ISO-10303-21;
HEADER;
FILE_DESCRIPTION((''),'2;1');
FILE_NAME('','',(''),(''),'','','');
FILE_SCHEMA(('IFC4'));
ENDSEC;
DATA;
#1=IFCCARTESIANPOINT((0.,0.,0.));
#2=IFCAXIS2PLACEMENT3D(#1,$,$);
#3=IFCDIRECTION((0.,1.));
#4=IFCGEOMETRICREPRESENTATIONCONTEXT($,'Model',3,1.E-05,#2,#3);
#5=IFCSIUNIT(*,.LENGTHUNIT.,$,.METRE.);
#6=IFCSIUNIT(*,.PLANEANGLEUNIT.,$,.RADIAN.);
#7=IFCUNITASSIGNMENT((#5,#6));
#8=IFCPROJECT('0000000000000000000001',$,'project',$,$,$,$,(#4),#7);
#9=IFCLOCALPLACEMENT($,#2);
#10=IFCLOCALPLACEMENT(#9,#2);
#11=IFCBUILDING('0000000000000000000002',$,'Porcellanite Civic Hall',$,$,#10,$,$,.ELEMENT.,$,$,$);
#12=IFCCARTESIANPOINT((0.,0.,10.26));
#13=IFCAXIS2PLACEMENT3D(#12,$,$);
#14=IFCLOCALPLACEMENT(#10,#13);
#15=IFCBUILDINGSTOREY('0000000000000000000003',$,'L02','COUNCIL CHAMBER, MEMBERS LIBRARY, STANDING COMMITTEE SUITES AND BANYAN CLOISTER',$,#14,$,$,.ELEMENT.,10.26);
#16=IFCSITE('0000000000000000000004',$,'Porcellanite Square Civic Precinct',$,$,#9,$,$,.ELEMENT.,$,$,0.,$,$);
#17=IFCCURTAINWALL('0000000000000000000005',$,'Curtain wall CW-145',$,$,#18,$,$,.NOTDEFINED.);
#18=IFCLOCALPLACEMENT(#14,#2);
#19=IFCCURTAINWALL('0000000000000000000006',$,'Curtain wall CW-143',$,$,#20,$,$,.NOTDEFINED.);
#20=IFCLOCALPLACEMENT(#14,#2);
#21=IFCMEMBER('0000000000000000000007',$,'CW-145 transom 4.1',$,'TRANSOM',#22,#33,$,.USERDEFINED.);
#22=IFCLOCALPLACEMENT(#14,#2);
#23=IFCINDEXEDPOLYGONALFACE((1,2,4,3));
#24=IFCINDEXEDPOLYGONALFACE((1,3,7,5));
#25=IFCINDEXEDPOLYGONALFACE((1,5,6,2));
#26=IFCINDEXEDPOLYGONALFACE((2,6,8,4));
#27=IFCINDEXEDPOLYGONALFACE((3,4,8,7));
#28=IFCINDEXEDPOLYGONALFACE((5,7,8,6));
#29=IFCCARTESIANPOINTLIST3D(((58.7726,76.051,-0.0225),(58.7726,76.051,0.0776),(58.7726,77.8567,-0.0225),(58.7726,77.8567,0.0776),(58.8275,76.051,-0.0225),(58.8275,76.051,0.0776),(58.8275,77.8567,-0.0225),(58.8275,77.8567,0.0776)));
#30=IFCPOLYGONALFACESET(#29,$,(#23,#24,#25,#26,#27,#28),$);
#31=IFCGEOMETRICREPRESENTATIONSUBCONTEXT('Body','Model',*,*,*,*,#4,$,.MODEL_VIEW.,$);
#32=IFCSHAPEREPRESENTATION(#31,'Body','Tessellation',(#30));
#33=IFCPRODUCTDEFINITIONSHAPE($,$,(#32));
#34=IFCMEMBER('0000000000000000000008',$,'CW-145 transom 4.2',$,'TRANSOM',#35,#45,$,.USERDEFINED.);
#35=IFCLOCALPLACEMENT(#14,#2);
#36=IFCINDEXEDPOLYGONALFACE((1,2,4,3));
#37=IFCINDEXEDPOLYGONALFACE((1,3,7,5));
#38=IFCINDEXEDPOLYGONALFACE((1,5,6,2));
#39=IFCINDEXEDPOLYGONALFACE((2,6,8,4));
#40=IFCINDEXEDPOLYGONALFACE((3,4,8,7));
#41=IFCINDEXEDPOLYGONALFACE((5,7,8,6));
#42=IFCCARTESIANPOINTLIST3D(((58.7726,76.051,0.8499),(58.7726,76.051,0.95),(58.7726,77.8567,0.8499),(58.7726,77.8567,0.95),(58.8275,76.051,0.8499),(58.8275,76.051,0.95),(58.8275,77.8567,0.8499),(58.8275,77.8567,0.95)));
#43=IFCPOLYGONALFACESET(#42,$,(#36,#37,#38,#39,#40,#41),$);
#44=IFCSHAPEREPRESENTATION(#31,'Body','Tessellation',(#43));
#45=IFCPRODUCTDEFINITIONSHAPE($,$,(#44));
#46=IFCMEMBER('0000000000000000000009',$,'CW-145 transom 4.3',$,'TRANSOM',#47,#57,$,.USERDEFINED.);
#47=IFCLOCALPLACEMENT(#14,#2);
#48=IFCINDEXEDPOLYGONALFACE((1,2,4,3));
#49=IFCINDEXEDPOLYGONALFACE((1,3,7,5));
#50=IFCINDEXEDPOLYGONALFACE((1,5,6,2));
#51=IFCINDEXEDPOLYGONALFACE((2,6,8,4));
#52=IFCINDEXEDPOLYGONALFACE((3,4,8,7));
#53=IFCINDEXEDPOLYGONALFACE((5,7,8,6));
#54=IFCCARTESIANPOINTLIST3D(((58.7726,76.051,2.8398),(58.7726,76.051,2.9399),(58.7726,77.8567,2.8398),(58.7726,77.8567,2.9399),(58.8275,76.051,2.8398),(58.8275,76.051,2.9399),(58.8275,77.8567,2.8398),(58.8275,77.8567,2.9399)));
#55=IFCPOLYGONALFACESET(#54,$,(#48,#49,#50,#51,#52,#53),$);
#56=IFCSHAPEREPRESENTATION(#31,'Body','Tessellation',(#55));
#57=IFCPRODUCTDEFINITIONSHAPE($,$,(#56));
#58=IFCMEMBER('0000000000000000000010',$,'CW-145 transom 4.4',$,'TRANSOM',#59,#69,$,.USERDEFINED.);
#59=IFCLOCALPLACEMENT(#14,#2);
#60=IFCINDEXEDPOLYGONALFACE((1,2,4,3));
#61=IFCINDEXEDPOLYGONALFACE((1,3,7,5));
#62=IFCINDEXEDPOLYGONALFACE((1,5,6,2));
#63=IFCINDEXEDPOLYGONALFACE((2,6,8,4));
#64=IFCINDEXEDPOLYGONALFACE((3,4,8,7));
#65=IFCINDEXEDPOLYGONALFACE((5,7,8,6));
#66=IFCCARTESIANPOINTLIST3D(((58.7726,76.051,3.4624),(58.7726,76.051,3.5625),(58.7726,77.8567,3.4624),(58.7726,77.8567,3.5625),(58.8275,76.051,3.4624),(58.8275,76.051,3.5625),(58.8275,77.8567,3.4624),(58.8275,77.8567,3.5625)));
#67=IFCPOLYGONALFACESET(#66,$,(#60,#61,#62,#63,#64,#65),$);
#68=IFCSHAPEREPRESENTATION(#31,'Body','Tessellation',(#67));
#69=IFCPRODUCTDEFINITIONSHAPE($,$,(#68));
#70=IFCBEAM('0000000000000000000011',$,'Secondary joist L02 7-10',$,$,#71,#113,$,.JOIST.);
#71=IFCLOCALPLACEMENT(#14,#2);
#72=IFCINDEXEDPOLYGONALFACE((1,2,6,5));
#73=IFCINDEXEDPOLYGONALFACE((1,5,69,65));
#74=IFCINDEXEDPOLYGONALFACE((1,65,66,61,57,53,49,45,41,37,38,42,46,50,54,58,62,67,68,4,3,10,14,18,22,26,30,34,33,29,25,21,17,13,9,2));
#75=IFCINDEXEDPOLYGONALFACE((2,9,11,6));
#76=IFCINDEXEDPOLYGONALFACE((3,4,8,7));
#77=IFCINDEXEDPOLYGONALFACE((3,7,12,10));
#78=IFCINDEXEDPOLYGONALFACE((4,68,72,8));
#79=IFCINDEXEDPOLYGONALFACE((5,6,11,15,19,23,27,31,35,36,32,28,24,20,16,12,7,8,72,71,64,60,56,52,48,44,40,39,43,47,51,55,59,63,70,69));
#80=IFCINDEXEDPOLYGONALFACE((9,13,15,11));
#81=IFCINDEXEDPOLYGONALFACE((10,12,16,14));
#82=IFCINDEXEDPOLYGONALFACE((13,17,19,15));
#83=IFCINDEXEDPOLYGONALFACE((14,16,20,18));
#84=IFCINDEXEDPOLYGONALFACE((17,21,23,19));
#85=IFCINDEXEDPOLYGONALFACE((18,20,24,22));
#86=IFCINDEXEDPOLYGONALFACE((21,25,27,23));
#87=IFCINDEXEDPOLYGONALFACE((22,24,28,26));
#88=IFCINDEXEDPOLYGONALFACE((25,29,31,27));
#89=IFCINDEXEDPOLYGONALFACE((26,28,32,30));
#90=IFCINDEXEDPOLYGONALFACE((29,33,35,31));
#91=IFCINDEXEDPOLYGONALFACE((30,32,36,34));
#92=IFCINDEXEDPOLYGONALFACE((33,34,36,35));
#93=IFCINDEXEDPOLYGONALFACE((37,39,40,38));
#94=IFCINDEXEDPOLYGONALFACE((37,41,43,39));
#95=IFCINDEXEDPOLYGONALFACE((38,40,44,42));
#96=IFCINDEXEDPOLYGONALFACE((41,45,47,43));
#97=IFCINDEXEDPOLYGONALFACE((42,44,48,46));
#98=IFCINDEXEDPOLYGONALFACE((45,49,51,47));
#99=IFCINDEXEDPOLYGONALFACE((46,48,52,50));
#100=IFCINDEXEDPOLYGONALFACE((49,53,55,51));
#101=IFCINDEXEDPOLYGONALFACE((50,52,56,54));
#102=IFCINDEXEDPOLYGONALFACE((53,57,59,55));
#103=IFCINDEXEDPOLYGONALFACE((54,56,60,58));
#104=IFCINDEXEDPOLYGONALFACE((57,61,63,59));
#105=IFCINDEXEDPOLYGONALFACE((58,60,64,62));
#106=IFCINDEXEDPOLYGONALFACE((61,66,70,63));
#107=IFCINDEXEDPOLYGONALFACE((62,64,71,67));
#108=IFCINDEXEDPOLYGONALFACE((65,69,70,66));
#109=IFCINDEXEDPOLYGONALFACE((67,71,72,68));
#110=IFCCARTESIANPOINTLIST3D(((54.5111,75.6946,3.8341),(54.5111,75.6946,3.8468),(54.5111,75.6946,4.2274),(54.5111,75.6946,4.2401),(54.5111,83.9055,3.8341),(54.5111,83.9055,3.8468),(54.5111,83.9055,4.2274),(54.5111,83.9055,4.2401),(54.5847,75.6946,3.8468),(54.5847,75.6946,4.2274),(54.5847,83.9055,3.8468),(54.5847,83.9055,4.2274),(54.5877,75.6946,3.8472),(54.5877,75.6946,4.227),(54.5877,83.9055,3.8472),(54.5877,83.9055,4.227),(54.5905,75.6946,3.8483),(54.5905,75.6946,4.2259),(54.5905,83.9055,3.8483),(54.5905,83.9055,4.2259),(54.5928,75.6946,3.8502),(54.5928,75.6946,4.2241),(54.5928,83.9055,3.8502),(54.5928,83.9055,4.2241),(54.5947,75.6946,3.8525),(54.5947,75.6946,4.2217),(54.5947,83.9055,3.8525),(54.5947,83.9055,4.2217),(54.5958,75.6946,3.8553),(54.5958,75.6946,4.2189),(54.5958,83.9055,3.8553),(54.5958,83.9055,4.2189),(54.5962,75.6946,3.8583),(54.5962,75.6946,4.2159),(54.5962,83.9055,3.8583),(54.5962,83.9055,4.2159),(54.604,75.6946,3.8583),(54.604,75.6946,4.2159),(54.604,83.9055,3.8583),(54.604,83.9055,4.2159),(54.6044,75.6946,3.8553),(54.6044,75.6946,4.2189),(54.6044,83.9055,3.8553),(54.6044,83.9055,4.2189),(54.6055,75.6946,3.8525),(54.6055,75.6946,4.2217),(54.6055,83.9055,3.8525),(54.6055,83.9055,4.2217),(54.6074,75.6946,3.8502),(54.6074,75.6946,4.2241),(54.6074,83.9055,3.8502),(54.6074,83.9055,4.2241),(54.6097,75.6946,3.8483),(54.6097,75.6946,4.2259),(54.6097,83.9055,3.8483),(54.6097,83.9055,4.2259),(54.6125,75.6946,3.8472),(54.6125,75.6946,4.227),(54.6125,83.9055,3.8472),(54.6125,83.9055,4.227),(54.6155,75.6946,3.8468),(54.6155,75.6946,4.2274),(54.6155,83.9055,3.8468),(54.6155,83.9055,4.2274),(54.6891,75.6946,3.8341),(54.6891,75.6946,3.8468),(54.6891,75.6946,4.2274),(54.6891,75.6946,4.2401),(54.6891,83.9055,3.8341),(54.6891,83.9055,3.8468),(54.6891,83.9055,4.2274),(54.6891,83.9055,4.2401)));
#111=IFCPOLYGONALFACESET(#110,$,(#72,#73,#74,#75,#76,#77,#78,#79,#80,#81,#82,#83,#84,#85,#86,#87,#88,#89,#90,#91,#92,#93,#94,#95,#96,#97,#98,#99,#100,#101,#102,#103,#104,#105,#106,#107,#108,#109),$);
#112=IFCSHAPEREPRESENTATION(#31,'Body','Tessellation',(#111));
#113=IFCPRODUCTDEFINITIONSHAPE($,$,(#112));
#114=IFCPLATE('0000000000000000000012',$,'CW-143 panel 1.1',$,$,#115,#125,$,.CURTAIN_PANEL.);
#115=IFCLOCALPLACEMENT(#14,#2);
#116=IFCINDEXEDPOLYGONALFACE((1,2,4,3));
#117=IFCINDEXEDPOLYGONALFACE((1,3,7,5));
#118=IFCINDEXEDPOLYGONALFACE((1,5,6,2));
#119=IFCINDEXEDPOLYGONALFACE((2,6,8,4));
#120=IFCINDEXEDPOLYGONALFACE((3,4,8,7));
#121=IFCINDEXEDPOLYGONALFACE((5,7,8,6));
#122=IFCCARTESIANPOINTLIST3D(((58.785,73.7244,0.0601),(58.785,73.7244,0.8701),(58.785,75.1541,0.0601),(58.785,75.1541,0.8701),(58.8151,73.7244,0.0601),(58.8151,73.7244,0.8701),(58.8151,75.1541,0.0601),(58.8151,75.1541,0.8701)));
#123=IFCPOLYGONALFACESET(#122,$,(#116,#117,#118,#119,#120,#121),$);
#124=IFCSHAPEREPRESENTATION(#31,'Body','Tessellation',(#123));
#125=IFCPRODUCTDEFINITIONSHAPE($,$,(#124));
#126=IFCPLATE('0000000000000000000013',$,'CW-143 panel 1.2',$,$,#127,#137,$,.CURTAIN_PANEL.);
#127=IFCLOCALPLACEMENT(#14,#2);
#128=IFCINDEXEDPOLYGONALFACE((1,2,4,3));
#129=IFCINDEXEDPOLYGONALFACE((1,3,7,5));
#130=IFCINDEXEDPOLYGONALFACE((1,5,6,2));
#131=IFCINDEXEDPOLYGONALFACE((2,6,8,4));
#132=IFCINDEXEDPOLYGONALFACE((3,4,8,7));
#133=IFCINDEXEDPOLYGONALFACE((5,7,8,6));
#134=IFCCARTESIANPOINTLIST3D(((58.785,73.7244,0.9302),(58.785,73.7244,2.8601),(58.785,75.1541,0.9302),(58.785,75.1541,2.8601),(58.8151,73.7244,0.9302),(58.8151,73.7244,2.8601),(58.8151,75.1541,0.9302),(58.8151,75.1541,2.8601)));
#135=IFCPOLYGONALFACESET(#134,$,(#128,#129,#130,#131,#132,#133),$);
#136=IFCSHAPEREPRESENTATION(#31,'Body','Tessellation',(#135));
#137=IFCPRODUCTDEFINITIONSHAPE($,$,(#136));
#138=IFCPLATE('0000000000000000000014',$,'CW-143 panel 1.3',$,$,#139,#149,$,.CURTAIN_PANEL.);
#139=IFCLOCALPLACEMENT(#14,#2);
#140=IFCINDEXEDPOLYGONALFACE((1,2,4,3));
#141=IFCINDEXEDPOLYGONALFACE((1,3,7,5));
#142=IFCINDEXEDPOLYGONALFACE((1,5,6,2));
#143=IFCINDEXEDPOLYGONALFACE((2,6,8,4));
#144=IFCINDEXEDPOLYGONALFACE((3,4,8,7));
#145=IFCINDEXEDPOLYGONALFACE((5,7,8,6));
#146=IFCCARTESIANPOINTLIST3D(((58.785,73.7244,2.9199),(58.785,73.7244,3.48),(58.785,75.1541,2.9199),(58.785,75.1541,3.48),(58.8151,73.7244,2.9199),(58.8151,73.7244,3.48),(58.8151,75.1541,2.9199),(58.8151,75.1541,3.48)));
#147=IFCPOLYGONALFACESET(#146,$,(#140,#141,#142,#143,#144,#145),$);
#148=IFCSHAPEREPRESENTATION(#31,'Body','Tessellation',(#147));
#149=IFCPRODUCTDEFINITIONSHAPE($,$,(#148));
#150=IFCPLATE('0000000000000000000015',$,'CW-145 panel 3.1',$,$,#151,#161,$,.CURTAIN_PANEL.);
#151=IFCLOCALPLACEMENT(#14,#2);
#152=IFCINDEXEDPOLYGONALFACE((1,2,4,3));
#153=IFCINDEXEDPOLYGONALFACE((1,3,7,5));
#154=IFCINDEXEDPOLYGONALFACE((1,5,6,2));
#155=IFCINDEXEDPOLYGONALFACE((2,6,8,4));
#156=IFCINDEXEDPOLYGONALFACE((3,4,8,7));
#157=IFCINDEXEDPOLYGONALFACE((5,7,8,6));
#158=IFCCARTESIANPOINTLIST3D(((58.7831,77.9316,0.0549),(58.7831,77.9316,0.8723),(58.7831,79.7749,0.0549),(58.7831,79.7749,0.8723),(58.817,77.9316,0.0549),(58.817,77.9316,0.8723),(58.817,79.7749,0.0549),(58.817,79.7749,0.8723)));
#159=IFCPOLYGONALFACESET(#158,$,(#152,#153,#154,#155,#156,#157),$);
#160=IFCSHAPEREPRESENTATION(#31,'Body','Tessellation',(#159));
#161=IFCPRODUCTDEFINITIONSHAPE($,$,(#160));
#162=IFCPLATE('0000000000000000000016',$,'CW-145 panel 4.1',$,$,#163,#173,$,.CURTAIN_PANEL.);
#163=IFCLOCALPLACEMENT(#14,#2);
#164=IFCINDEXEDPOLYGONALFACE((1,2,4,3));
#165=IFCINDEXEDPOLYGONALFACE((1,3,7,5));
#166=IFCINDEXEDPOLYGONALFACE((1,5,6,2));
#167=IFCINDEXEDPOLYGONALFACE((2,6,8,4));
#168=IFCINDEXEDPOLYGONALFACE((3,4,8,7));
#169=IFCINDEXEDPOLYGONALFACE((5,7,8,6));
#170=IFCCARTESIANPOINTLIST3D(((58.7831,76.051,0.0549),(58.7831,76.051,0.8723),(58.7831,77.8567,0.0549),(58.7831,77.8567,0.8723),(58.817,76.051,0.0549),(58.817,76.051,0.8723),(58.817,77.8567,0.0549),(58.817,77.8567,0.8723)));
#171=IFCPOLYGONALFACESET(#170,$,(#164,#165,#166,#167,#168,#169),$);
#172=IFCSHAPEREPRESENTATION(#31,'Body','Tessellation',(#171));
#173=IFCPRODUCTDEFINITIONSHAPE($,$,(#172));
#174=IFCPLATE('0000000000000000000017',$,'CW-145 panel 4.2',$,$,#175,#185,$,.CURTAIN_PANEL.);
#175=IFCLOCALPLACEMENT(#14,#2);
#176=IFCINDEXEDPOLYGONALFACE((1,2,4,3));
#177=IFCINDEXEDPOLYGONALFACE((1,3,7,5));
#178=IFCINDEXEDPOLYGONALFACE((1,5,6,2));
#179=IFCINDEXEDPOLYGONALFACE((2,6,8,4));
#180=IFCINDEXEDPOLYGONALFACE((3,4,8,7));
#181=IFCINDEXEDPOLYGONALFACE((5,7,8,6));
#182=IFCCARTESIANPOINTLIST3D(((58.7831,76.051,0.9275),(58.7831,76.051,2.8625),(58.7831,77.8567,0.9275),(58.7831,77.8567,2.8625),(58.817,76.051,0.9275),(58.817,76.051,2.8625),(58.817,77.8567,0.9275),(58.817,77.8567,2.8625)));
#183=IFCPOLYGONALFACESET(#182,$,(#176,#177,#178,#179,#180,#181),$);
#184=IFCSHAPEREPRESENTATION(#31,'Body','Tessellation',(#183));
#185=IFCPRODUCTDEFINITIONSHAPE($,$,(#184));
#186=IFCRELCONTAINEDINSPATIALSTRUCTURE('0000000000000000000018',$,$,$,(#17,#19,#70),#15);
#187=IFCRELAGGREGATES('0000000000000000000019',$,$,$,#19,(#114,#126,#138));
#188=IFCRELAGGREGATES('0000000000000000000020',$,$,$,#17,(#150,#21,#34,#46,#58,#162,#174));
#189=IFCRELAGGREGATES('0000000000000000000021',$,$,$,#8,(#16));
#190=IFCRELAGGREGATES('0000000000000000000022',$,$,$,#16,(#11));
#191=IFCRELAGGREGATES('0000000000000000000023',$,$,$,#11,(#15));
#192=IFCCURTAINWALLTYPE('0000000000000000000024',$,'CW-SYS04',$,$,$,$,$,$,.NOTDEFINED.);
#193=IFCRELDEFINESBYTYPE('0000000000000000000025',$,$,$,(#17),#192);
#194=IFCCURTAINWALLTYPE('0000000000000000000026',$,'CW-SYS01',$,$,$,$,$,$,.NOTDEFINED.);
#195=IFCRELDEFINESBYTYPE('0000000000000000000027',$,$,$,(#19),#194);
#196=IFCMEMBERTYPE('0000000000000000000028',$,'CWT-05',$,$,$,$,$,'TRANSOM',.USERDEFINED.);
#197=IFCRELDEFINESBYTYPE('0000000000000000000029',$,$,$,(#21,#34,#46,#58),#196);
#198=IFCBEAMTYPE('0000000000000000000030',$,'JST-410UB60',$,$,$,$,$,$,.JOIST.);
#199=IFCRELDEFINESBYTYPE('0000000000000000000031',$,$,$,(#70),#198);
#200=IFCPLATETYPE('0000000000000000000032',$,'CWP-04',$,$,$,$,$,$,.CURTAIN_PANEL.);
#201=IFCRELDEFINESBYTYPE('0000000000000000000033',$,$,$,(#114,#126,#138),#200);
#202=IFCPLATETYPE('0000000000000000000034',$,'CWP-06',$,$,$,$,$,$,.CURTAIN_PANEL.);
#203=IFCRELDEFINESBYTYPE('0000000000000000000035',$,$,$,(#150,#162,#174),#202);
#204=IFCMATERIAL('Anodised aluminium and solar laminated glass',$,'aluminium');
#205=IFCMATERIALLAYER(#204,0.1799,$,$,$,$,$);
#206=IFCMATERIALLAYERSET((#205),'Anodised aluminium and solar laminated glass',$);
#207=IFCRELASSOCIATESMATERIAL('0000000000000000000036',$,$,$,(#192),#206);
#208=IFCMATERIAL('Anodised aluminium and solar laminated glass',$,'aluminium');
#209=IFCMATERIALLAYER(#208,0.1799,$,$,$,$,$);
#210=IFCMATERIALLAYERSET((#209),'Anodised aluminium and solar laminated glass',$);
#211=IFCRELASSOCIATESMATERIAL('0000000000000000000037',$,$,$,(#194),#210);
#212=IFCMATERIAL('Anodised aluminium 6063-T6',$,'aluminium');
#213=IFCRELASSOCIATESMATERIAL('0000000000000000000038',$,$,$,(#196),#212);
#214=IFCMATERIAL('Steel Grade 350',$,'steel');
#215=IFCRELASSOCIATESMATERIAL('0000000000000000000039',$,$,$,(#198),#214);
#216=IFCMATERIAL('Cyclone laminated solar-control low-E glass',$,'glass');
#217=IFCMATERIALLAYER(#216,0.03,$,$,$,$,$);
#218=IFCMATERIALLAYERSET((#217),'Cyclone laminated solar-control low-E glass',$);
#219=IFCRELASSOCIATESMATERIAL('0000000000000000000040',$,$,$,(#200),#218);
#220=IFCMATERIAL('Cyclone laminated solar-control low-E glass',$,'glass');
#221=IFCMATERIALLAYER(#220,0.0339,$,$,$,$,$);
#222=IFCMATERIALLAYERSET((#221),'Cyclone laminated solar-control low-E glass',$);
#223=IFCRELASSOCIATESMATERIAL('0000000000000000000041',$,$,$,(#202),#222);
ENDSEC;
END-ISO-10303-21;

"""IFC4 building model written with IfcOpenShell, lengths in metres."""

from ifc_helpers import new_model, si_unit, direction, frame, origin, origin_2d, place, context, subcontext, project, spatial, rectangle, i_section, extrude, material, layer, layer_set, material_profile, profile_set, type_object, element, aggregate, save


model = new_model("IFC4")

# Units and contexts
model_context = context("Model", 3, precision=1e-05, world=origin(), true_north=direction((0.0, 1.0)))
body_context = subcontext(model_context, "Body", "Model", "MODEL_VIEW")
ifc_project = project(units=[si_unit("LENGTHUNIT", "METRE"), si_unit("PLANEANGLEUNIT", "RADIAN")], contexts=[model_context])

# Site, building, storey
site_placement = place(None, origin())
site = spatial("IfcSite", under=ifc_project, at=site_placement, Name="Porcellanite Square Civic Precinct", CompositionType="ELEMENT", RefElevation=0.0)
building_placement = place(site_placement, origin())
building = spatial("IfcBuilding", under=site, at=building_placement, Name="Porcellanite Civic Hall", CompositionType="ELEMENT")
storey_placement = place(building_placement, frame((0.0, 0.0, 10.26)))
storey = spatial("IfcBuildingStorey", under=building, at=storey_placement, Name="L02", Description="COUNCIL CHAMBER, MEMBERS LIBRARY, STANDING COMMITTEE SUITES AND BANYAN CLOISTER", CompositionType="ELEMENT", Elevation=10.26)

# Curtain walls
ifc_material_1 = material(Name="Anodised aluminium and solar laminated glass", Category="aluminium")
ifc_layer_1 = layer(ifc_material_1, 0.1799)
ifc_layer_set_1 = layer_set([ifc_layer_1], Name="Anodised aluminium and solar laminated glass")
curtain_wall_type_1 = type_object("IfcCurtainWallType", Name="CW-SYS04", PredefinedType="NOTDEFINED", material=ifc_layer_set_1)
curtain_wall_1_placement = place(storey_placement, origin())
curtain_wall_1 = element("IfcCurtainWall", 1, at=curtain_wall_1_placement, inside=storey, type_object=curtain_wall_type_1, Name="Curtain wall CW-145", PredefinedType="NOTDEFINED")
ifc_material_2 = material(Name="Anodised aluminium and solar laminated glass", Category="aluminium")
ifc_layer_2 = layer(ifc_material_2, 0.1799)
ifc_layer_set_2 = layer_set([ifc_layer_2], Name="Anodised aluminium and solar laminated glass")
curtain_wall_type_2 = type_object("IfcCurtainWallType", Name="CW-SYS01", PredefinedType="NOTDEFINED", material=ifc_layer_set_2)
curtain_wall_2_placement = place(storey_placement, origin())
curtain_wall_2 = element("IfcCurtainWall", 2, at=curtain_wall_2_placement, inside=storey, type_object=curtain_wall_type_2, Name="Curtain wall CW-143", PredefinedType="NOTDEFINED")

# Members
ifc_material_3 = material(Name="Anodised aluminium 6063-T6", Category="aluminium")
ifc_material_profile_1 = material_profile(ifc_material_3, rectangle(XDim=0.0549, YDim=0.1001, at=origin_2d()), Name="AL-55x100")
ifc_profile_set_1 = profile_set([ifc_material_profile_1], Name="Anodised aluminium 6063-T6")
member_type_1 = type_object("IfcMemberType", Name="CWT-05", ElementType="TRANSOM", PredefinedType="USERDEFINED", material=ifc_profile_set_1)
member_1_placement = place(storey_placement, frame((58.8, 77.8567, 0.0276), z_axis=(0.0, -1.0, 0.0), x_axis=(1.0, 0.0, 0.0)))
member_1 = element("IfcMember", 3, at=member_1_placement, type_object=member_type_1, Name="CW-145 transom 4.1", ObjectType="TRANSOM", PredefinedType="USERDEFINED", context=body_context, shape_type="SweptSolid", body=[
    extrude(rectangle(XDim=0.0549, YDim=0.1001, at=origin_2d()), origin(), (0.0, 0.0, 1.0), 1.8057),
])
member_2_placement = place(storey_placement, frame((58.8, 77.8567, 0.8999), z_axis=(0.0, -1.0, 0.0), x_axis=(1.0, 0.0, 0.0)))
member_2 = element("IfcMember", 4, at=member_2_placement, type_object=member_type_1, Name="CW-145 transom 4.2", ObjectType="TRANSOM", PredefinedType="USERDEFINED", context=body_context, shape_type="SweptSolid", body=[
    extrude(rectangle(XDim=0.0549, YDim=0.1001, at=origin_2d()), origin(), (0.0, 0.0, 1.0), 1.8057),
])
member_3_placement = place(storey_placement, frame((58.8, 77.8567, 2.8899), z_axis=(0.0, -1.0, 0.0), x_axis=(1.0, 0.0, 0.0)))
member_3 = element("IfcMember", 5, at=member_3_placement, type_object=member_type_1, Name="CW-145 transom 4.3", ObjectType="TRANSOM", PredefinedType="USERDEFINED", context=body_context, shape_type="SweptSolid", body=[
    extrude(rectangle(XDim=0.0549, YDim=0.1001, at=origin_2d()), origin(), (0.0, 0.0, 1.0), 1.8057),
])
member_4_placement = place(storey_placement, frame((58.8, 77.8567, 3.5125), z_axis=(0.0, -1.0, 0.0), x_axis=(1.0, 0.0, 0.0)))
member_4 = element("IfcMember", 6, at=member_4_placement, type_object=member_type_1, Name="CW-145 transom 4.4", ObjectType="TRANSOM", PredefinedType="USERDEFINED", context=body_context, shape_type="SweptSolid", body=[
    extrude(rectangle(XDim=0.0549, YDim=0.1001, at=origin_2d()), origin(), (0.0, 0.0, 1.0), 1.8057),
])

# Beam
ifc_material_4 = material(Name="Steel Grade 350", Category="steel")
ifc_material_profile_2 = material_profile(ifc_material_4, i_section(OverallWidth=0.178, OverallDepth=0.406, WebThickness=0.0078, FlangeThickness=0.0127, FilletRadius=0.0115, at=origin_2d()), Name="410UB59.7")
ifc_profile_set_2 = profile_set([ifc_material_profile_2], Name="Steel Grade 350")
beam_type_1 = type_object("IfcBeamType", Name="JST-410UB60", PredefinedType="JOIST", material=ifc_profile_set_2)
beam_1_placement = place(storey_placement, frame((54.6001, 75.6946, 4.0371), z_axis=(0.0, 1.0, 0.0), x_axis=(-1.0, 0.0, 0.0)))
element("IfcBeam", 7, at=beam_1_placement, inside=storey, type_object=beam_type_1, Name="Secondary joist L02 7-10", PredefinedType="JOIST", context=body_context, shape_type="SweptSolid", body=[
    extrude(i_section(OverallWidth=0.178, OverallDepth=0.406, WebThickness=0.0078, FlangeThickness=0.0127, FilletRadius=0.0115, at=origin_2d()), origin(), (0.0, 0.0, 1.0), 8.2109),
])

# Plates
ifc_material_5 = material(Name="Cyclone laminated solar-control low-E glass", Category="glass")
ifc_layer_3 = layer(ifc_material_5, 0.03)
ifc_layer_set_3 = layer_set([ifc_layer_3], Name="Cyclone laminated solar-control low-E glass")
plate_type_1 = type_object("IfcPlateType", Name="CWP-04", PredefinedType="CURTAIN_PANEL", material=ifc_layer_set_3)
plate_1_placement = place(storey_placement, frame((58.8, 74.4392, 0.0601), z_axis=(0.0, 0.0, 1.0), x_axis=(0.0, -1.0, 0.0)))
plate_1 = element("IfcPlate", 8, at=plate_1_placement, type_object=plate_type_1, Name="CW-143 panel 1.1", PredefinedType="CURTAIN_PANEL", context=body_context, shape_type="SweptSolid", body=[
    extrude(rectangle(XDim=1.4297, YDim=0.03, at=origin_2d()), origin(), (0.0, 0.0, 1.0), 0.8101),
])
plate_2_placement = place(storey_placement, frame((58.8, 74.4392, 0.9302), z_axis=(0.0, 0.0, 1.0), x_axis=(0.0, -1.0, 0.0)))
plate_2 = element("IfcPlate", 9, at=plate_2_placement, type_object=plate_type_1, Name="CW-143 panel 1.2", PredefinedType="CURTAIN_PANEL", context=body_context, shape_type="SweptSolid", body=[
    extrude(rectangle(XDim=1.4297, YDim=0.03, at=origin_2d()), origin(), (0.0, 0.0, 1.0), 1.9299),
])
plate_3_placement = place(storey_placement, frame((58.8, 74.4392, 2.9199), z_axis=(0.0, 0.0, 1.0), x_axis=(0.0, -1.0, 0.0)))
plate_3 = element("IfcPlate", 10, at=plate_3_placement, type_object=plate_type_1, Name="CW-143 panel 1.3", PredefinedType="CURTAIN_PANEL", context=body_context, shape_type="SweptSolid", body=[
    extrude(rectangle(XDim=1.4297, YDim=0.03, at=origin_2d()), origin(), (0.0, 0.0, 1.0), 0.5601),
])
aggregate(curtain_wall_2, [plate_1, plate_2, plate_3])
ifc_material_6 = material(Name="Cyclone laminated solar-control low-E glass", Category="glass")
ifc_layer_4 = layer(ifc_material_6, 0.0339)
ifc_layer_set_4 = layer_set([ifc_layer_4], Name="Cyclone laminated solar-control low-E glass")
plate_type_2 = type_object("IfcPlateType", Name="CWP-06", PredefinedType="CURTAIN_PANEL", material=ifc_layer_set_4)
plate_4_placement = place(storey_placement, frame((58.8, 78.8533, 0.0549), z_axis=(0.0, 0.0, 1.0), x_axis=(0.0, -1.0, 0.0)))
plate_4 = element("IfcPlate", 11, at=plate_4_placement, type_object=plate_type_2, Name="CW-145 panel 3.1", PredefinedType="CURTAIN_PANEL", context=body_context, shape_type="SweptSolid", body=[
    extrude(rectangle(XDim=1.8433, YDim=0.0339, at=origin_2d()), origin(), (0.0, 0.0, 1.0), 0.8174),
])
plate_5_placement = place(storey_placement, frame((58.8, 76.9539, 0.0549), z_axis=(0.0, 0.0, 1.0), x_axis=(0.0, -1.0, 0.0)))
plate_5 = element("IfcPlate", 12, at=plate_5_placement, type_object=plate_type_2, Name="CW-145 panel 4.1", PredefinedType="CURTAIN_PANEL", context=body_context, shape_type="SweptSolid", body=[
    extrude(rectangle(XDim=1.8057, YDim=0.0339, at=origin_2d()), origin(), (0.0, 0.0, 1.0), 0.8174),
])
plate_6_placement = place(storey_placement, frame((58.8, 76.9539, 0.9275), z_axis=(0.0, 0.0, 1.0), x_axis=(0.0, -1.0, 0.0)))
plate_6 = element("IfcPlate", 13, at=plate_6_placement, type_object=plate_type_2, Name="CW-145 panel 4.2", PredefinedType="CURTAIN_PANEL", context=body_context, shape_type="SweptSolid", body=[
    extrude(rectangle(XDim=1.8057, YDim=0.0339, at=origin_2d()), origin(), (0.0, 0.0, 1.0), 1.9351),
])
aggregate(curtain_wall_1, [plate_4, member_1, member_2, member_3, member_4, plate_5, plate_6])

save(model, "model.ifc")
